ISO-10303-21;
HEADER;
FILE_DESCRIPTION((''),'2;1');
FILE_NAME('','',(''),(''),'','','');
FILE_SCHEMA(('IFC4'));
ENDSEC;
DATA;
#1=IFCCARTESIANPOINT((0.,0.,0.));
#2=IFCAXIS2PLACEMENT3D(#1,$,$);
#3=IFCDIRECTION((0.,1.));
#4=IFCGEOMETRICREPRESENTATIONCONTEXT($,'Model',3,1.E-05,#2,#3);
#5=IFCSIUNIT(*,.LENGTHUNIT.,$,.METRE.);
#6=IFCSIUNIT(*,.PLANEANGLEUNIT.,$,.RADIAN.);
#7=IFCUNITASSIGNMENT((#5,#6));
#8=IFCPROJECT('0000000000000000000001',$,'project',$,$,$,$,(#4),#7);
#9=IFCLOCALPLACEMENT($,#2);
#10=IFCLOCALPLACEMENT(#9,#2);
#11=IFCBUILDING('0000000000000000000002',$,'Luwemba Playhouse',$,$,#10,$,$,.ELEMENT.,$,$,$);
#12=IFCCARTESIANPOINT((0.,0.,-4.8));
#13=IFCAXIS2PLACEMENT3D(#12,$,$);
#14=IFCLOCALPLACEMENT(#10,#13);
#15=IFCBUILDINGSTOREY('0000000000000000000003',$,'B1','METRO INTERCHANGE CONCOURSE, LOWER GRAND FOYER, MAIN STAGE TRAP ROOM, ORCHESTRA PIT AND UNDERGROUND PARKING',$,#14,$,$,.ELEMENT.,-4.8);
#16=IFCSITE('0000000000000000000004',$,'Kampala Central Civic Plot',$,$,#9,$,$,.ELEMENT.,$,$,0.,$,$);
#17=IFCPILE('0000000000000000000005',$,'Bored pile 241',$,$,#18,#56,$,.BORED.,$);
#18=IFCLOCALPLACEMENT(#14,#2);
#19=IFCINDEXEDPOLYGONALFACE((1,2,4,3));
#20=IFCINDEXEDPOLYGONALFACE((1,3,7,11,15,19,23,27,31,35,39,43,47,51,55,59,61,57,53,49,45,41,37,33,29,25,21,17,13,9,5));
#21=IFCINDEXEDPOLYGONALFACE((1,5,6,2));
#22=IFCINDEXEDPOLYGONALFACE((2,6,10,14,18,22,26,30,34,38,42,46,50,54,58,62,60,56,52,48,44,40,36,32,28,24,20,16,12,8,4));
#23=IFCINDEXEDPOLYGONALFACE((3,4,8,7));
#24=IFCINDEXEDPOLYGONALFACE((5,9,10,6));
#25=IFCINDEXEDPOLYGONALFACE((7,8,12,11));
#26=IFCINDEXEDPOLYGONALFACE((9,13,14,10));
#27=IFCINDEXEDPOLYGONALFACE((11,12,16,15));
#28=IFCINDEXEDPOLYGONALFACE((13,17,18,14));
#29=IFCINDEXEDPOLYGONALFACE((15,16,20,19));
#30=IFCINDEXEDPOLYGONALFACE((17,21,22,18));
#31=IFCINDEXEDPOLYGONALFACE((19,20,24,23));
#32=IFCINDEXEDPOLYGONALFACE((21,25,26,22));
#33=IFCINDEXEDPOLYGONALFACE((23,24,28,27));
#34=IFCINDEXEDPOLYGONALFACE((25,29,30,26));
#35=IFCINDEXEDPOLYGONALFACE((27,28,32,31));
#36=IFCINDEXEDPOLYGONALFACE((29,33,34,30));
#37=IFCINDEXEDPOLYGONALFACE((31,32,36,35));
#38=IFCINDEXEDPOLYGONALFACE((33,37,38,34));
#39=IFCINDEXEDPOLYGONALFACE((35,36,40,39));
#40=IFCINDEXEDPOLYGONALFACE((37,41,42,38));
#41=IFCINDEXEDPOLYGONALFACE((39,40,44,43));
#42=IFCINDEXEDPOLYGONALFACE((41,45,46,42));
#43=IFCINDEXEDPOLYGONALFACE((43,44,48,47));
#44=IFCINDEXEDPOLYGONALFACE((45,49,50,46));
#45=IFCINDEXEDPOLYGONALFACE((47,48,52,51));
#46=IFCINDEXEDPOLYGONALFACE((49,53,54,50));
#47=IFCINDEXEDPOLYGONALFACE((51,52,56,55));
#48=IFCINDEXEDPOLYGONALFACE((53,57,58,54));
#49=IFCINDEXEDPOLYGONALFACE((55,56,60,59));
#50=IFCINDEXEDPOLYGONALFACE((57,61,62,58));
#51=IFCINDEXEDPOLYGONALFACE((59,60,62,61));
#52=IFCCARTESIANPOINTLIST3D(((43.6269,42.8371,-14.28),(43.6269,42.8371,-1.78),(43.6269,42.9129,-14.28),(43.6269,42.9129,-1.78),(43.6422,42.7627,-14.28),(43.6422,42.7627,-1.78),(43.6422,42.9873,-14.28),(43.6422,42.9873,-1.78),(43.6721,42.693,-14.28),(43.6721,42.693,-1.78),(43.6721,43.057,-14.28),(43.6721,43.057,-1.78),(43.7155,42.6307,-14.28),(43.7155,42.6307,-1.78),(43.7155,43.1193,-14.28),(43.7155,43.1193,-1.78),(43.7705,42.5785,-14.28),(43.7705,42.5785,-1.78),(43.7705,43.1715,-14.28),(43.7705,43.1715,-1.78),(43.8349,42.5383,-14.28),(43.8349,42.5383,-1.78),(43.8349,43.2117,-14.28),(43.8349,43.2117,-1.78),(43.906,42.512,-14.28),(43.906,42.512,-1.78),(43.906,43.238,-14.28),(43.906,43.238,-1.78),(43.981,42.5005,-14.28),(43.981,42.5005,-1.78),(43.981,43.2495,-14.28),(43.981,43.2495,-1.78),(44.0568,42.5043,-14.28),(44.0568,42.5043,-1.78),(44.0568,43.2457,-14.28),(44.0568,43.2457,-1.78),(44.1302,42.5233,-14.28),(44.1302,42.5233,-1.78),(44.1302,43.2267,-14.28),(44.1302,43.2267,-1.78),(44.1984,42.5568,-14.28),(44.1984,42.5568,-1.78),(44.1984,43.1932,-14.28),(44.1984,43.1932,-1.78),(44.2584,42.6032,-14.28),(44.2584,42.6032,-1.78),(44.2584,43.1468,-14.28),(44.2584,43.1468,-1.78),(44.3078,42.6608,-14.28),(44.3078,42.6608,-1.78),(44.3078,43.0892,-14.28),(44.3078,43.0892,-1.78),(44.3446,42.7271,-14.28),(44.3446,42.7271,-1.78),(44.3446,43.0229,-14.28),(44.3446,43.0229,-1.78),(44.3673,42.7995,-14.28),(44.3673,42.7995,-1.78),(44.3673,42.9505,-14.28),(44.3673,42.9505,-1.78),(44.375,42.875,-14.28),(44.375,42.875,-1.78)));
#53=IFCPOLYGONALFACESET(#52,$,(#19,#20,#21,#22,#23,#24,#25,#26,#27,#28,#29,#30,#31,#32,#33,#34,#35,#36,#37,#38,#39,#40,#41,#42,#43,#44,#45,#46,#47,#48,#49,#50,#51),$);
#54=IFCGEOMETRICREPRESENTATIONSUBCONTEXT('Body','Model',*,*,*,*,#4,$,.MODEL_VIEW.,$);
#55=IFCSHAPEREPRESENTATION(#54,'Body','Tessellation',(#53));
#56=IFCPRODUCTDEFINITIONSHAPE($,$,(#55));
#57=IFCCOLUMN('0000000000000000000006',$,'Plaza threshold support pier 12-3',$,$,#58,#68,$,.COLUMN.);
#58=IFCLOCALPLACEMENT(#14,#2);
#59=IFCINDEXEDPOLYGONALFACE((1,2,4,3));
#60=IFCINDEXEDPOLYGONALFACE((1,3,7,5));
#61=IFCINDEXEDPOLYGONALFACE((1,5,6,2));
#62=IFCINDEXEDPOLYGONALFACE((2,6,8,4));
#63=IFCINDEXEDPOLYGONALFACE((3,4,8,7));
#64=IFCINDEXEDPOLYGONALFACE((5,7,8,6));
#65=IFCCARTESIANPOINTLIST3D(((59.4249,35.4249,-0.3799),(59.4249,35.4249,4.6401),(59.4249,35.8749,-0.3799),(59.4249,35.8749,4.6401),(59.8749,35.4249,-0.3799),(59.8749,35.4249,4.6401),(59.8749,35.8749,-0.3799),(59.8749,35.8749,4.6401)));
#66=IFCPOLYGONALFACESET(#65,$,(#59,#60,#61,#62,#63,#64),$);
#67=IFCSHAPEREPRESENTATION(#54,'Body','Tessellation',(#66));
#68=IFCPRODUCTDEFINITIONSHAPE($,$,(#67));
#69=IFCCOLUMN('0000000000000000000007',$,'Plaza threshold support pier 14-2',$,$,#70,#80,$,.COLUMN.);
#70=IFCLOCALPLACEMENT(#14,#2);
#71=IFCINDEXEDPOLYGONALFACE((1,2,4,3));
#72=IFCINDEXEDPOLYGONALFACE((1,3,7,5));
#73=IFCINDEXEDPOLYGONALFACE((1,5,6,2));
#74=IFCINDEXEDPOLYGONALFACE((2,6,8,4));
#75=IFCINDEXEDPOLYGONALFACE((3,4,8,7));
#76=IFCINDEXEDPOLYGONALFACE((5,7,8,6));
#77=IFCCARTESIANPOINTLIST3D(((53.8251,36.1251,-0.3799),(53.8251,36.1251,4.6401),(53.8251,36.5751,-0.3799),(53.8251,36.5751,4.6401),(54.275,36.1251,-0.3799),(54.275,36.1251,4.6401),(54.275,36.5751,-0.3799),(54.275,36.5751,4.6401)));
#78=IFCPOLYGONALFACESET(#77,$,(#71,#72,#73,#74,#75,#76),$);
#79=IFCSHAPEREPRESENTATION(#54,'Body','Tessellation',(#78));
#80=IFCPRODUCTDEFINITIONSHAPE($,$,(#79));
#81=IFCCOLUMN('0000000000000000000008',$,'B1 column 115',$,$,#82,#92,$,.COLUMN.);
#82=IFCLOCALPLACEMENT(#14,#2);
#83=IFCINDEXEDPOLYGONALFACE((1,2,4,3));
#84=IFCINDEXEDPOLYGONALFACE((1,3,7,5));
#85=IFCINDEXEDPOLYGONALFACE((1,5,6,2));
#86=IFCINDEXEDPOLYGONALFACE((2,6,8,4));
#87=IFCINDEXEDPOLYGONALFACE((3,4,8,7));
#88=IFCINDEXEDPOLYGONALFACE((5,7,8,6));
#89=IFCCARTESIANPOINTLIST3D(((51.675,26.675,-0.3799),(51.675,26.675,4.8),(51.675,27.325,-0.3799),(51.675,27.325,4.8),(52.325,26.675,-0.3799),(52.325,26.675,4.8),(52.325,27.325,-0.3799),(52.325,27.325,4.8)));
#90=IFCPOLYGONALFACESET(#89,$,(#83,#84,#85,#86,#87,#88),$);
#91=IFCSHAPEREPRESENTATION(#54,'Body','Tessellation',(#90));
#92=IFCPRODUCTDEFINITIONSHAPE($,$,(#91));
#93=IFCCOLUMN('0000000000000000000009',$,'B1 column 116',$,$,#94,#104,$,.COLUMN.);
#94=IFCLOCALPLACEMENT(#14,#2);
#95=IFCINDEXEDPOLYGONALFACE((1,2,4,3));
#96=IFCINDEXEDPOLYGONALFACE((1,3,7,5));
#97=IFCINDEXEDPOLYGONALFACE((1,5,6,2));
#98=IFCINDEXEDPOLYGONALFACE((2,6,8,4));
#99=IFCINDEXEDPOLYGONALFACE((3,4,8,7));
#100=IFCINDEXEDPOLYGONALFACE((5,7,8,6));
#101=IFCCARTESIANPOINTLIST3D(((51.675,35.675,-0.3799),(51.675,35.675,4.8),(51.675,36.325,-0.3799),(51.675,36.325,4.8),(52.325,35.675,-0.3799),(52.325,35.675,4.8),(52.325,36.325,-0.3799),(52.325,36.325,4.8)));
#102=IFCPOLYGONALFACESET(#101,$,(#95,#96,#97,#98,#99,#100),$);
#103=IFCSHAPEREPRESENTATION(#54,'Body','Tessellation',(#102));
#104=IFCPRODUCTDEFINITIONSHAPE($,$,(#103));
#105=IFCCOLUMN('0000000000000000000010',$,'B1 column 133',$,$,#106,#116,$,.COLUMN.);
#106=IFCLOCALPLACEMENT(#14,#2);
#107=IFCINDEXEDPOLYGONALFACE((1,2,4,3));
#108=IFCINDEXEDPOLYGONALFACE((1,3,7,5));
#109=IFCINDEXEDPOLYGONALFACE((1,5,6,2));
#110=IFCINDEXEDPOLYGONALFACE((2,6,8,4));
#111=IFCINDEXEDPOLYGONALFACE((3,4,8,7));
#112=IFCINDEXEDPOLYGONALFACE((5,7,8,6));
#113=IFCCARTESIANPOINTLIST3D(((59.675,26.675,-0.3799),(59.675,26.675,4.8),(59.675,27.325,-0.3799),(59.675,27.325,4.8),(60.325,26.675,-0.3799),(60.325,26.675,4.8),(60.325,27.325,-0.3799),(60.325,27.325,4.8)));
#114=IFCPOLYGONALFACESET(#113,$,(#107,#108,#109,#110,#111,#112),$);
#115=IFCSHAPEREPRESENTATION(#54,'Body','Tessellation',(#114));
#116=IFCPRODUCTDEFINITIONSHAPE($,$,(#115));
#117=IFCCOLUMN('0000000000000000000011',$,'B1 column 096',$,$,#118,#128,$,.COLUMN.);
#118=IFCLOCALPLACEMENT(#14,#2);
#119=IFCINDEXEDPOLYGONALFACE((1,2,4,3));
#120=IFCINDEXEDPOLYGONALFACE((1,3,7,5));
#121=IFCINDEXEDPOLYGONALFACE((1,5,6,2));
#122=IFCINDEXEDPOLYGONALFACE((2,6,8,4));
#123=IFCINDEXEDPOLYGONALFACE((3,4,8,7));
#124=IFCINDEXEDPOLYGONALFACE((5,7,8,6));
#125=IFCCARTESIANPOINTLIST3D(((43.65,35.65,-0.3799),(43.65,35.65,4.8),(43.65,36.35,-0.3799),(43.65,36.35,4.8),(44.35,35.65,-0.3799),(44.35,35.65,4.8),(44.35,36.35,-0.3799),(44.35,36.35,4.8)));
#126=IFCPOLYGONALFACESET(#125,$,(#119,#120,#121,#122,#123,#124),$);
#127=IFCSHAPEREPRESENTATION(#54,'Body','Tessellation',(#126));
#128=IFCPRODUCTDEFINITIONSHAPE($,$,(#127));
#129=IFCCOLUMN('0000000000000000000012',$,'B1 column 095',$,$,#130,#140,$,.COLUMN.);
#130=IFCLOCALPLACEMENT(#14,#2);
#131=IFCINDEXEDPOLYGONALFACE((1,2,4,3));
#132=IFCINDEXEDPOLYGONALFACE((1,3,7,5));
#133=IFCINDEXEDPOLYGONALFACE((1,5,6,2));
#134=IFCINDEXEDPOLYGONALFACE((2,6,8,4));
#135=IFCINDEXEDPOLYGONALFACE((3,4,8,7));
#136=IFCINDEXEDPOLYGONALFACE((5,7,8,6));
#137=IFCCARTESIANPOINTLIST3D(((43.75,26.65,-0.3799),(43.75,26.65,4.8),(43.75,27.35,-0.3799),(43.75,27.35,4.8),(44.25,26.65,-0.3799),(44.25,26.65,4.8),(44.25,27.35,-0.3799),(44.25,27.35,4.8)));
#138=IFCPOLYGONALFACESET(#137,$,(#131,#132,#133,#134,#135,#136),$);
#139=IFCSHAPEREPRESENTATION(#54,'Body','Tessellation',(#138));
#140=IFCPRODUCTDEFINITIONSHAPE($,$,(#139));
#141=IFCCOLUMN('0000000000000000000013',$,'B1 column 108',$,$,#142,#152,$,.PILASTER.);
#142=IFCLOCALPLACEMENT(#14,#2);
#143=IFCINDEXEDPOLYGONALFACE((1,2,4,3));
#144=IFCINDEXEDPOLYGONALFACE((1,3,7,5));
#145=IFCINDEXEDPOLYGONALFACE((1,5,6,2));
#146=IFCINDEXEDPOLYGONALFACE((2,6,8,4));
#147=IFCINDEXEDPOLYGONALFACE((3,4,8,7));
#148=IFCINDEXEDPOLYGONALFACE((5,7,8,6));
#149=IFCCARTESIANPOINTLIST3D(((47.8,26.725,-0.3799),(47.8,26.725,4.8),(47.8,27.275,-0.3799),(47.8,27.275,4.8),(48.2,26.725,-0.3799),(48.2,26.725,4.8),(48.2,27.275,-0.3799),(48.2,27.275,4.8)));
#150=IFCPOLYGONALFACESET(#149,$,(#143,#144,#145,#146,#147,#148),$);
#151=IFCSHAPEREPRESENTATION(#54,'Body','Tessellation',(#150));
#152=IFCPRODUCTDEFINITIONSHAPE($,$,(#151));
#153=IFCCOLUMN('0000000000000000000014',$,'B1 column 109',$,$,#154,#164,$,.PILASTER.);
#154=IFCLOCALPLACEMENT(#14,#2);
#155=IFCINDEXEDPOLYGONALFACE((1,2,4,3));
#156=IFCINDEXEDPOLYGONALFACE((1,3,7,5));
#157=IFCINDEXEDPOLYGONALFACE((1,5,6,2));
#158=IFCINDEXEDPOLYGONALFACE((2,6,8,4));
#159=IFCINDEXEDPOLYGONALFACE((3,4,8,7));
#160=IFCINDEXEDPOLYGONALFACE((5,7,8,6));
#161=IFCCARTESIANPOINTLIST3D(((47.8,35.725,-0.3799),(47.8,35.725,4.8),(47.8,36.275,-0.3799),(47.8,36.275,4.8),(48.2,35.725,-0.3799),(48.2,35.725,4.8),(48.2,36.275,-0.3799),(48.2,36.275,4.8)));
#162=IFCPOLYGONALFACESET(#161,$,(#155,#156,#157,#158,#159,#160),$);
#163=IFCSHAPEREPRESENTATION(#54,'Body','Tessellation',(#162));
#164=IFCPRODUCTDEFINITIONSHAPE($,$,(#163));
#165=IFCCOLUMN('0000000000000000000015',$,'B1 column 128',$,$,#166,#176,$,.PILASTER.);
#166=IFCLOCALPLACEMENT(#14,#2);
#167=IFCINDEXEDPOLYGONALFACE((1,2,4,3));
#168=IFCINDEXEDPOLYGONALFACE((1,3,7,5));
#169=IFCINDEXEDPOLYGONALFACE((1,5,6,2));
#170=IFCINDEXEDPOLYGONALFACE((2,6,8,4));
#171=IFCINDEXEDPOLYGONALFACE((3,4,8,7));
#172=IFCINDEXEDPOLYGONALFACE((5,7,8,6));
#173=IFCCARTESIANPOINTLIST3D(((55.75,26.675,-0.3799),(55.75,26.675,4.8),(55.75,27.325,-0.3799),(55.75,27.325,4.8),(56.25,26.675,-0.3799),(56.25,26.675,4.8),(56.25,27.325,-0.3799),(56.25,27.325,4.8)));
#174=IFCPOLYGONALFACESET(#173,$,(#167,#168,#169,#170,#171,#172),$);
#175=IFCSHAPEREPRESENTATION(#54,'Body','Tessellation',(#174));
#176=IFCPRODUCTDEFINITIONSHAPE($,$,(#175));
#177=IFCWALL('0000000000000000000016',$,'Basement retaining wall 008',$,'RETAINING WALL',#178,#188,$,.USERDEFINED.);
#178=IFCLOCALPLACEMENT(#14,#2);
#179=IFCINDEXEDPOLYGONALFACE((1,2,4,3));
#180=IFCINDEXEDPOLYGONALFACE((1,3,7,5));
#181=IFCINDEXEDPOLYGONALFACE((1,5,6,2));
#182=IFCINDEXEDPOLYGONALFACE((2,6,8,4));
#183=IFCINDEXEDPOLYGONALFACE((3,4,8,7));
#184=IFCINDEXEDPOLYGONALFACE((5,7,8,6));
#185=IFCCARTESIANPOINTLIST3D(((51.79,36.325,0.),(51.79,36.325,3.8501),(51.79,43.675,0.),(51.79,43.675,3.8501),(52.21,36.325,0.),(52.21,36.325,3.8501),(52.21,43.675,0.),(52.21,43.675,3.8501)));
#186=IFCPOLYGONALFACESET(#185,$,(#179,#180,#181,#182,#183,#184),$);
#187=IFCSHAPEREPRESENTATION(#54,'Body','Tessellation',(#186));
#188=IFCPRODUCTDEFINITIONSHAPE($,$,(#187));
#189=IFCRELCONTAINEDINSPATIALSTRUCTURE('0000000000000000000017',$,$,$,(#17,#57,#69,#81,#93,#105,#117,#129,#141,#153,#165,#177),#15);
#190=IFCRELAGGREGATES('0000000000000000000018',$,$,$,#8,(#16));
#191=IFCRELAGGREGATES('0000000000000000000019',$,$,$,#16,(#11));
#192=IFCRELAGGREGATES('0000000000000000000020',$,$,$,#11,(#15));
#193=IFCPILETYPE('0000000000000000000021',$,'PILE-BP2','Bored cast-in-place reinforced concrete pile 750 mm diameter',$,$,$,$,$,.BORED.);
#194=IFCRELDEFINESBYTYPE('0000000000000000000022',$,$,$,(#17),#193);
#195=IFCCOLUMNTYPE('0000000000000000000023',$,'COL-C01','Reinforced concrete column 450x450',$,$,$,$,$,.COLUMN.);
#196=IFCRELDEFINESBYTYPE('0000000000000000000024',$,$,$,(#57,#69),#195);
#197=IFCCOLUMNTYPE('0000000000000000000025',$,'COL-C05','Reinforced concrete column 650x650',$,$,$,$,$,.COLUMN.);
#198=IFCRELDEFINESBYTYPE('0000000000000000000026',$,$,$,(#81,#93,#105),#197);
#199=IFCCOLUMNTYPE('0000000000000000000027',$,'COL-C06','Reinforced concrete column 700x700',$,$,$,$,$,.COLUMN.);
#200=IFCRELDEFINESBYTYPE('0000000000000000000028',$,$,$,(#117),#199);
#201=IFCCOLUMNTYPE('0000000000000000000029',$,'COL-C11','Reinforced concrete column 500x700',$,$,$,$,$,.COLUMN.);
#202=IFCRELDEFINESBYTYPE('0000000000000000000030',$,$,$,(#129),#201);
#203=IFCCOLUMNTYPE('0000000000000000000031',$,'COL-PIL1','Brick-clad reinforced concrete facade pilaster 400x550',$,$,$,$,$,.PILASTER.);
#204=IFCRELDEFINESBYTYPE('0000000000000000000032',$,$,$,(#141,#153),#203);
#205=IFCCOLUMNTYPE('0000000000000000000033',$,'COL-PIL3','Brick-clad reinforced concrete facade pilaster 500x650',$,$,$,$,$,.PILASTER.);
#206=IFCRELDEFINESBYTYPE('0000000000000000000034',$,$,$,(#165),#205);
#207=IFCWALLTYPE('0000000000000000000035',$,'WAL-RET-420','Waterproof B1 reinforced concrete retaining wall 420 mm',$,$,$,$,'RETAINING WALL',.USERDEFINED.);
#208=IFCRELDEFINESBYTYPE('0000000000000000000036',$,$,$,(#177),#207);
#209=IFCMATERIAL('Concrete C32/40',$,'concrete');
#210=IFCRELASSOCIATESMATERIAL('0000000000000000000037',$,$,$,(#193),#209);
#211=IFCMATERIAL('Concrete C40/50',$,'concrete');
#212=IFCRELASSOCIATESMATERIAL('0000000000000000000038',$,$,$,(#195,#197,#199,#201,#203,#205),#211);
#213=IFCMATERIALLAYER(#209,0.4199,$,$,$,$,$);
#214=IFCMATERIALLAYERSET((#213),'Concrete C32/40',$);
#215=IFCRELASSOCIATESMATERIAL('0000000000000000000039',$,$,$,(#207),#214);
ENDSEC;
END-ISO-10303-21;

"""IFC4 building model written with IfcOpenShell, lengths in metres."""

from ifc_helpers import new_model, si_unit, direction, frame, frame_2d, origin, origin_2d, place, context, subcontext, project, spatial, rectangle, circle, extrude, material, layer, layer_set, material_profile, profile_set, type_object, element, save


model = new_model("IFC4")

# Units and contexts
model_context = context("Model", 3, precision=1e-05, world=origin(), true_north=direction((0.0, 1.0)))
body_context = subcontext(model_context, "Body", "Model", "MODEL_VIEW")
ifc_project = project(units=[si_unit("LENGTHUNIT", "METRE"), si_unit("PLANEANGLEUNIT", "RADIAN")], contexts=[model_context])

# Site, building, storey
site_placement = place(None, origin())
site = spatial("IfcSite", under=ifc_project, at=site_placement, Name="Kampala Central Civic Plot", CompositionType="ELEMENT", RefElevation=0.0)
building_placement = place(site_placement, origin())
building = spatial("IfcBuilding", under=site, at=building_placement, Name="Luwemba Playhouse", CompositionType="ELEMENT")
storey_placement = place(building_placement, frame((0.0, 0.0, -4.8)))
storey = spatial("IfcBuildingStorey", under=building, at=storey_placement, Name="B1", Description="METRO INTERCHANGE CONCOURSE, LOWER GRAND FOYER, MAIN STAGE TRAP ROOM, ORCHESTRA PIT AND UNDERGROUND PARKING", CompositionType="ELEMENT", Elevation=-4.8)

# Shared definitions
ifc_material_1 = material(Name="Concrete C32/40", Category="concrete")

# Pile
ifc_material_profile_1 = material_profile(ifc_material_1, circle(Radius=0.375, at=origin_2d()))
ifc_profile_set_1 = profile_set([ifc_material_profile_1], Name="Concrete C32/40")
pile_type_1 = type_object("IfcPileType", Name="PILE-BP2", Description="Bored cast-in-place reinforced concrete pile 750 mm diameter", PredefinedType="BORED", material=ifc_profile_set_1)
pile_1_placement = place(storey_placement, frame((44.0, 42.875, -1.78), z_axis=(0.0, 0.0, -1.0), x_axis=(1.0, 0.0, 0.0)))
element("IfcPile", 1, at=pile_1_placement, inside=storey, type_object=pile_type_1, Name="Bored pile 241", PredefinedType="BORED", context=body_context, shape_type="SweptSolid", body=[
    extrude(circle(Radius=0.375, at=origin_2d()), origin(), (0.0, 0.0, 1.0), 12.5),
])

# Columns
ifc_material_2 = material(Name="Concrete C40/50", Category="concrete")
ifc_material_profile_2 = material_profile(ifc_material_2, rectangle(XDim=0.45, YDim=0.45, at=origin_2d()))
ifc_profile_set_2 = profile_set([ifc_material_profile_2], Name="Concrete C40/50")
column_type_1 = type_object("IfcColumnType", Name="COL-C01", Description="Reinforced concrete column 450x450", PredefinedType="COLUMN", material=ifc_profile_set_2)
for number, where, z_axis, x_axis, name in (
    (2, (59.6499, 35.6499, -0.3799), (0.0, 0.0, 1.0), (1.0, 0.0, 0.0), "Plaza threshold support pier 12-3"),
    (3, (54.05, 36.3501, -0.3799), (0.0, 0.0, 1.0), (1.0, 0.0, 0.0), "Plaza threshold support pier 14-2"),
):
    element("IfcColumn", number, at=place(storey_placement, frame(where, z_axis=z_axis, x_axis=x_axis)), inside=storey, type_object=column_type_1, Name=name, PredefinedType="COLUMN", context=body_context, shape_type="SweptSolid", body=[
        extrude(rectangle(XDim=0.45, YDim=0.45, at=origin_2d()), origin(), (0.0, 0.0, 1.0), 5.02),
    ])
ifc_material_profile_3 = material_profile(ifc_material_2, rectangle(XDim=0.6499, YDim=0.6499, at=origin_2d()))
ifc_profile_set_3 = profile_set([ifc_material_profile_3], Name="Concrete C40/50")
column_type_2 = type_object("IfcColumnType", Name="COL-C05", Description="Reinforced concrete column 650x650", PredefinedType="COLUMN", material=ifc_profile_set_3)
for number, where, z_axis, x_axis, name in (
    (4, (52.0, 27.0, -0.3799), (0.0, 0.0, 1.0), (1.0, 0.0, 0.0), "B1 column 115"),
    (5, (52.0, 36.0, -0.3799), (0.0, 0.0, 1.0), (1.0, 0.0, 0.0), "B1 column 116"),
    (6, (60.0, 27.0, -0.3799), (0.0, 0.0, 1.0), (1.0, 0.0, 0.0), "B1 column 133"),
):
    element("IfcColumn", number, at=place(storey_placement, frame(where, z_axis=z_axis, x_axis=x_axis)), inside=storey, type_object=column_type_2, Name=name, PredefinedType="COLUMN", context=body_context, shape_type="SweptSolid", body=[
        extrude(rectangle(XDim=0.6499, YDim=0.6499, at=origin_2d()), origin(), (0.0, 0.0, 1.0), 5.1799),
    ])
ifc_material_profile_4 = material_profile(ifc_material_2, rectangle(XDim=0.7, YDim=0.7, at=origin_2d()))
ifc_profile_set_4 = profile_set([ifc_material_profile_4], Name="Concrete C40/50")
column_type_3 = type_object("IfcColumnType", Name="COL-C06", Description="Reinforced concrete column 700x700", PredefinedType="COLUMN", material=ifc_profile_set_4)
column_1_placement = place(storey_placement, frame((44.0, 36.0, -0.3799), z_axis=(0.0, 0.0, 1.0), x_axis=(1.0, 0.0, 0.0)))
element("IfcColumn", 7, at=column_1_placement, inside=storey, type_object=column_type_3, Name="B1 column 096", PredefinedType="COLUMN", context=body_context, shape_type="SweptSolid", body=[
    extrude(rectangle(XDim=0.7, YDim=0.7, at=origin_2d()), origin(), (0.0, 0.0, 1.0), 5.1799),
])
ifc_material_profile_5 = material_profile(ifc_material_2, rectangle(XDim=0.5, YDim=0.7, at=origin_2d()))
ifc_profile_set_5 = profile_set([ifc_material_profile_5], Name="Concrete C40/50")
column_type_4 = type_object("IfcColumnType", Name="COL-C11", Description="Reinforced concrete column 500x700", PredefinedType="COLUMN", material=ifc_profile_set_5)
column_2_placement = place(storey_placement, frame((44.0, 27.0, -0.3799), z_axis=(0.0, 0.0, 1.0), x_axis=(1.0, 0.0, 0.0)))
element("IfcColumn", 8, at=column_2_placement, inside=storey, type_object=column_type_4, Name="B1 column 095", PredefinedType="COLUMN", context=body_context, shape_type="SweptSolid", body=[
    extrude(rectangle(XDim=0.5, YDim=0.7, at=origin_2d()), origin(), (0.0, 0.0, 1.0), 5.1799),
])
ifc_material_profile_6 = material_profile(ifc_material_2, rectangle(XDim=0.3999, YDim=0.55, at=origin_2d()))
ifc_profile_set_6 = profile_set([ifc_material_profile_6], Name="Concrete C40/50")
column_type_5 = type_object("IfcColumnType", Name="COL-PIL1", Description="Brick-clad reinforced concrete facade pilaster 400x550", PredefinedType="PILASTER", material=ifc_profile_set_6)
for number, where, z_axis, x_axis, name in (
    (9, (48.0, 27.0, -0.3799), (0.0, 0.0, 1.0), (1.0, 0.0, 0.0), "B1 column 108"),
    (10, (48.0, 36.0, -0.3799), (0.0, 0.0, 1.0), (1.0, 0.0, 0.0), "B1 column 109"),
):
    element("IfcColumn", number, at=place(storey_placement, frame(where, z_axis=z_axis, x_axis=x_axis)), inside=storey, type_object=column_type_5, Name=name, PredefinedType="PILASTER", context=body_context, shape_type="SweptSolid", body=[
        extrude(rectangle(XDim=0.3999, YDim=0.55, at=origin_2d()), origin(), (0.0, 0.0, 1.0), 5.1799),
    ])
ifc_material_profile_7 = material_profile(ifc_material_2, rectangle(XDim=0.5, YDim=0.6499, at=origin_2d()))
ifc_profile_set_7 = profile_set([ifc_material_profile_7], Name="Concrete C40/50")
column_type_6 = type_object("IfcColumnType", Name="COL-PIL3", Description="Brick-clad reinforced concrete facade pilaster 500x650", PredefinedType="PILASTER", material=ifc_profile_set_7)
column_3_placement = place(storey_placement, frame((56.0, 27.0, -0.3799), z_axis=(0.0, 0.0, 1.0), x_axis=(1.0, 0.0, 0.0)))
element("IfcColumn", 11, at=column_3_placement, inside=storey, type_object=column_type_6, Name="B1 column 128", PredefinedType="PILASTER", context=body_context, shape_type="SweptSolid", body=[
    extrude(rectangle(XDim=0.5, YDim=0.6499, at=origin_2d()), origin(), (0.0, 0.0, 1.0), 5.1799),
])

# Wall
ifc_layer = layer(ifc_material_1, 0.4199)
ifc_layer_set = layer_set([ifc_layer], Name="Concrete C32/40")
wall_type = type_object("IfcWallType", Name="WAL-RET-420", Description="Waterproof B1 reinforced concrete retaining wall 420 mm", ElementType="RETAINING WALL", PredefinedType="USERDEFINED", material=ifc_layer_set)
wall_1_placement = place(storey_placement, frame((52.0, 43.675, 0.0), z_axis=(0.0, 0.0, 1.0), x_axis=(0.0, -1.0, 0.0)))
element("IfcWall", 12, at=wall_1_placement, inside=storey, type_object=wall_type, Name="Basement retaining wall 008", ObjectType="RETAINING WALL", PredefinedType="USERDEFINED", context=body_context, shape_type="SweptSolid", body=[
    extrude(rectangle(XDim=7.3501, YDim=0.4199, at=frame_2d((3.675, 0.0))), origin(), (0.0, 0.0, 1.0), 3.8501),
])

save(model, "model.ifc")
